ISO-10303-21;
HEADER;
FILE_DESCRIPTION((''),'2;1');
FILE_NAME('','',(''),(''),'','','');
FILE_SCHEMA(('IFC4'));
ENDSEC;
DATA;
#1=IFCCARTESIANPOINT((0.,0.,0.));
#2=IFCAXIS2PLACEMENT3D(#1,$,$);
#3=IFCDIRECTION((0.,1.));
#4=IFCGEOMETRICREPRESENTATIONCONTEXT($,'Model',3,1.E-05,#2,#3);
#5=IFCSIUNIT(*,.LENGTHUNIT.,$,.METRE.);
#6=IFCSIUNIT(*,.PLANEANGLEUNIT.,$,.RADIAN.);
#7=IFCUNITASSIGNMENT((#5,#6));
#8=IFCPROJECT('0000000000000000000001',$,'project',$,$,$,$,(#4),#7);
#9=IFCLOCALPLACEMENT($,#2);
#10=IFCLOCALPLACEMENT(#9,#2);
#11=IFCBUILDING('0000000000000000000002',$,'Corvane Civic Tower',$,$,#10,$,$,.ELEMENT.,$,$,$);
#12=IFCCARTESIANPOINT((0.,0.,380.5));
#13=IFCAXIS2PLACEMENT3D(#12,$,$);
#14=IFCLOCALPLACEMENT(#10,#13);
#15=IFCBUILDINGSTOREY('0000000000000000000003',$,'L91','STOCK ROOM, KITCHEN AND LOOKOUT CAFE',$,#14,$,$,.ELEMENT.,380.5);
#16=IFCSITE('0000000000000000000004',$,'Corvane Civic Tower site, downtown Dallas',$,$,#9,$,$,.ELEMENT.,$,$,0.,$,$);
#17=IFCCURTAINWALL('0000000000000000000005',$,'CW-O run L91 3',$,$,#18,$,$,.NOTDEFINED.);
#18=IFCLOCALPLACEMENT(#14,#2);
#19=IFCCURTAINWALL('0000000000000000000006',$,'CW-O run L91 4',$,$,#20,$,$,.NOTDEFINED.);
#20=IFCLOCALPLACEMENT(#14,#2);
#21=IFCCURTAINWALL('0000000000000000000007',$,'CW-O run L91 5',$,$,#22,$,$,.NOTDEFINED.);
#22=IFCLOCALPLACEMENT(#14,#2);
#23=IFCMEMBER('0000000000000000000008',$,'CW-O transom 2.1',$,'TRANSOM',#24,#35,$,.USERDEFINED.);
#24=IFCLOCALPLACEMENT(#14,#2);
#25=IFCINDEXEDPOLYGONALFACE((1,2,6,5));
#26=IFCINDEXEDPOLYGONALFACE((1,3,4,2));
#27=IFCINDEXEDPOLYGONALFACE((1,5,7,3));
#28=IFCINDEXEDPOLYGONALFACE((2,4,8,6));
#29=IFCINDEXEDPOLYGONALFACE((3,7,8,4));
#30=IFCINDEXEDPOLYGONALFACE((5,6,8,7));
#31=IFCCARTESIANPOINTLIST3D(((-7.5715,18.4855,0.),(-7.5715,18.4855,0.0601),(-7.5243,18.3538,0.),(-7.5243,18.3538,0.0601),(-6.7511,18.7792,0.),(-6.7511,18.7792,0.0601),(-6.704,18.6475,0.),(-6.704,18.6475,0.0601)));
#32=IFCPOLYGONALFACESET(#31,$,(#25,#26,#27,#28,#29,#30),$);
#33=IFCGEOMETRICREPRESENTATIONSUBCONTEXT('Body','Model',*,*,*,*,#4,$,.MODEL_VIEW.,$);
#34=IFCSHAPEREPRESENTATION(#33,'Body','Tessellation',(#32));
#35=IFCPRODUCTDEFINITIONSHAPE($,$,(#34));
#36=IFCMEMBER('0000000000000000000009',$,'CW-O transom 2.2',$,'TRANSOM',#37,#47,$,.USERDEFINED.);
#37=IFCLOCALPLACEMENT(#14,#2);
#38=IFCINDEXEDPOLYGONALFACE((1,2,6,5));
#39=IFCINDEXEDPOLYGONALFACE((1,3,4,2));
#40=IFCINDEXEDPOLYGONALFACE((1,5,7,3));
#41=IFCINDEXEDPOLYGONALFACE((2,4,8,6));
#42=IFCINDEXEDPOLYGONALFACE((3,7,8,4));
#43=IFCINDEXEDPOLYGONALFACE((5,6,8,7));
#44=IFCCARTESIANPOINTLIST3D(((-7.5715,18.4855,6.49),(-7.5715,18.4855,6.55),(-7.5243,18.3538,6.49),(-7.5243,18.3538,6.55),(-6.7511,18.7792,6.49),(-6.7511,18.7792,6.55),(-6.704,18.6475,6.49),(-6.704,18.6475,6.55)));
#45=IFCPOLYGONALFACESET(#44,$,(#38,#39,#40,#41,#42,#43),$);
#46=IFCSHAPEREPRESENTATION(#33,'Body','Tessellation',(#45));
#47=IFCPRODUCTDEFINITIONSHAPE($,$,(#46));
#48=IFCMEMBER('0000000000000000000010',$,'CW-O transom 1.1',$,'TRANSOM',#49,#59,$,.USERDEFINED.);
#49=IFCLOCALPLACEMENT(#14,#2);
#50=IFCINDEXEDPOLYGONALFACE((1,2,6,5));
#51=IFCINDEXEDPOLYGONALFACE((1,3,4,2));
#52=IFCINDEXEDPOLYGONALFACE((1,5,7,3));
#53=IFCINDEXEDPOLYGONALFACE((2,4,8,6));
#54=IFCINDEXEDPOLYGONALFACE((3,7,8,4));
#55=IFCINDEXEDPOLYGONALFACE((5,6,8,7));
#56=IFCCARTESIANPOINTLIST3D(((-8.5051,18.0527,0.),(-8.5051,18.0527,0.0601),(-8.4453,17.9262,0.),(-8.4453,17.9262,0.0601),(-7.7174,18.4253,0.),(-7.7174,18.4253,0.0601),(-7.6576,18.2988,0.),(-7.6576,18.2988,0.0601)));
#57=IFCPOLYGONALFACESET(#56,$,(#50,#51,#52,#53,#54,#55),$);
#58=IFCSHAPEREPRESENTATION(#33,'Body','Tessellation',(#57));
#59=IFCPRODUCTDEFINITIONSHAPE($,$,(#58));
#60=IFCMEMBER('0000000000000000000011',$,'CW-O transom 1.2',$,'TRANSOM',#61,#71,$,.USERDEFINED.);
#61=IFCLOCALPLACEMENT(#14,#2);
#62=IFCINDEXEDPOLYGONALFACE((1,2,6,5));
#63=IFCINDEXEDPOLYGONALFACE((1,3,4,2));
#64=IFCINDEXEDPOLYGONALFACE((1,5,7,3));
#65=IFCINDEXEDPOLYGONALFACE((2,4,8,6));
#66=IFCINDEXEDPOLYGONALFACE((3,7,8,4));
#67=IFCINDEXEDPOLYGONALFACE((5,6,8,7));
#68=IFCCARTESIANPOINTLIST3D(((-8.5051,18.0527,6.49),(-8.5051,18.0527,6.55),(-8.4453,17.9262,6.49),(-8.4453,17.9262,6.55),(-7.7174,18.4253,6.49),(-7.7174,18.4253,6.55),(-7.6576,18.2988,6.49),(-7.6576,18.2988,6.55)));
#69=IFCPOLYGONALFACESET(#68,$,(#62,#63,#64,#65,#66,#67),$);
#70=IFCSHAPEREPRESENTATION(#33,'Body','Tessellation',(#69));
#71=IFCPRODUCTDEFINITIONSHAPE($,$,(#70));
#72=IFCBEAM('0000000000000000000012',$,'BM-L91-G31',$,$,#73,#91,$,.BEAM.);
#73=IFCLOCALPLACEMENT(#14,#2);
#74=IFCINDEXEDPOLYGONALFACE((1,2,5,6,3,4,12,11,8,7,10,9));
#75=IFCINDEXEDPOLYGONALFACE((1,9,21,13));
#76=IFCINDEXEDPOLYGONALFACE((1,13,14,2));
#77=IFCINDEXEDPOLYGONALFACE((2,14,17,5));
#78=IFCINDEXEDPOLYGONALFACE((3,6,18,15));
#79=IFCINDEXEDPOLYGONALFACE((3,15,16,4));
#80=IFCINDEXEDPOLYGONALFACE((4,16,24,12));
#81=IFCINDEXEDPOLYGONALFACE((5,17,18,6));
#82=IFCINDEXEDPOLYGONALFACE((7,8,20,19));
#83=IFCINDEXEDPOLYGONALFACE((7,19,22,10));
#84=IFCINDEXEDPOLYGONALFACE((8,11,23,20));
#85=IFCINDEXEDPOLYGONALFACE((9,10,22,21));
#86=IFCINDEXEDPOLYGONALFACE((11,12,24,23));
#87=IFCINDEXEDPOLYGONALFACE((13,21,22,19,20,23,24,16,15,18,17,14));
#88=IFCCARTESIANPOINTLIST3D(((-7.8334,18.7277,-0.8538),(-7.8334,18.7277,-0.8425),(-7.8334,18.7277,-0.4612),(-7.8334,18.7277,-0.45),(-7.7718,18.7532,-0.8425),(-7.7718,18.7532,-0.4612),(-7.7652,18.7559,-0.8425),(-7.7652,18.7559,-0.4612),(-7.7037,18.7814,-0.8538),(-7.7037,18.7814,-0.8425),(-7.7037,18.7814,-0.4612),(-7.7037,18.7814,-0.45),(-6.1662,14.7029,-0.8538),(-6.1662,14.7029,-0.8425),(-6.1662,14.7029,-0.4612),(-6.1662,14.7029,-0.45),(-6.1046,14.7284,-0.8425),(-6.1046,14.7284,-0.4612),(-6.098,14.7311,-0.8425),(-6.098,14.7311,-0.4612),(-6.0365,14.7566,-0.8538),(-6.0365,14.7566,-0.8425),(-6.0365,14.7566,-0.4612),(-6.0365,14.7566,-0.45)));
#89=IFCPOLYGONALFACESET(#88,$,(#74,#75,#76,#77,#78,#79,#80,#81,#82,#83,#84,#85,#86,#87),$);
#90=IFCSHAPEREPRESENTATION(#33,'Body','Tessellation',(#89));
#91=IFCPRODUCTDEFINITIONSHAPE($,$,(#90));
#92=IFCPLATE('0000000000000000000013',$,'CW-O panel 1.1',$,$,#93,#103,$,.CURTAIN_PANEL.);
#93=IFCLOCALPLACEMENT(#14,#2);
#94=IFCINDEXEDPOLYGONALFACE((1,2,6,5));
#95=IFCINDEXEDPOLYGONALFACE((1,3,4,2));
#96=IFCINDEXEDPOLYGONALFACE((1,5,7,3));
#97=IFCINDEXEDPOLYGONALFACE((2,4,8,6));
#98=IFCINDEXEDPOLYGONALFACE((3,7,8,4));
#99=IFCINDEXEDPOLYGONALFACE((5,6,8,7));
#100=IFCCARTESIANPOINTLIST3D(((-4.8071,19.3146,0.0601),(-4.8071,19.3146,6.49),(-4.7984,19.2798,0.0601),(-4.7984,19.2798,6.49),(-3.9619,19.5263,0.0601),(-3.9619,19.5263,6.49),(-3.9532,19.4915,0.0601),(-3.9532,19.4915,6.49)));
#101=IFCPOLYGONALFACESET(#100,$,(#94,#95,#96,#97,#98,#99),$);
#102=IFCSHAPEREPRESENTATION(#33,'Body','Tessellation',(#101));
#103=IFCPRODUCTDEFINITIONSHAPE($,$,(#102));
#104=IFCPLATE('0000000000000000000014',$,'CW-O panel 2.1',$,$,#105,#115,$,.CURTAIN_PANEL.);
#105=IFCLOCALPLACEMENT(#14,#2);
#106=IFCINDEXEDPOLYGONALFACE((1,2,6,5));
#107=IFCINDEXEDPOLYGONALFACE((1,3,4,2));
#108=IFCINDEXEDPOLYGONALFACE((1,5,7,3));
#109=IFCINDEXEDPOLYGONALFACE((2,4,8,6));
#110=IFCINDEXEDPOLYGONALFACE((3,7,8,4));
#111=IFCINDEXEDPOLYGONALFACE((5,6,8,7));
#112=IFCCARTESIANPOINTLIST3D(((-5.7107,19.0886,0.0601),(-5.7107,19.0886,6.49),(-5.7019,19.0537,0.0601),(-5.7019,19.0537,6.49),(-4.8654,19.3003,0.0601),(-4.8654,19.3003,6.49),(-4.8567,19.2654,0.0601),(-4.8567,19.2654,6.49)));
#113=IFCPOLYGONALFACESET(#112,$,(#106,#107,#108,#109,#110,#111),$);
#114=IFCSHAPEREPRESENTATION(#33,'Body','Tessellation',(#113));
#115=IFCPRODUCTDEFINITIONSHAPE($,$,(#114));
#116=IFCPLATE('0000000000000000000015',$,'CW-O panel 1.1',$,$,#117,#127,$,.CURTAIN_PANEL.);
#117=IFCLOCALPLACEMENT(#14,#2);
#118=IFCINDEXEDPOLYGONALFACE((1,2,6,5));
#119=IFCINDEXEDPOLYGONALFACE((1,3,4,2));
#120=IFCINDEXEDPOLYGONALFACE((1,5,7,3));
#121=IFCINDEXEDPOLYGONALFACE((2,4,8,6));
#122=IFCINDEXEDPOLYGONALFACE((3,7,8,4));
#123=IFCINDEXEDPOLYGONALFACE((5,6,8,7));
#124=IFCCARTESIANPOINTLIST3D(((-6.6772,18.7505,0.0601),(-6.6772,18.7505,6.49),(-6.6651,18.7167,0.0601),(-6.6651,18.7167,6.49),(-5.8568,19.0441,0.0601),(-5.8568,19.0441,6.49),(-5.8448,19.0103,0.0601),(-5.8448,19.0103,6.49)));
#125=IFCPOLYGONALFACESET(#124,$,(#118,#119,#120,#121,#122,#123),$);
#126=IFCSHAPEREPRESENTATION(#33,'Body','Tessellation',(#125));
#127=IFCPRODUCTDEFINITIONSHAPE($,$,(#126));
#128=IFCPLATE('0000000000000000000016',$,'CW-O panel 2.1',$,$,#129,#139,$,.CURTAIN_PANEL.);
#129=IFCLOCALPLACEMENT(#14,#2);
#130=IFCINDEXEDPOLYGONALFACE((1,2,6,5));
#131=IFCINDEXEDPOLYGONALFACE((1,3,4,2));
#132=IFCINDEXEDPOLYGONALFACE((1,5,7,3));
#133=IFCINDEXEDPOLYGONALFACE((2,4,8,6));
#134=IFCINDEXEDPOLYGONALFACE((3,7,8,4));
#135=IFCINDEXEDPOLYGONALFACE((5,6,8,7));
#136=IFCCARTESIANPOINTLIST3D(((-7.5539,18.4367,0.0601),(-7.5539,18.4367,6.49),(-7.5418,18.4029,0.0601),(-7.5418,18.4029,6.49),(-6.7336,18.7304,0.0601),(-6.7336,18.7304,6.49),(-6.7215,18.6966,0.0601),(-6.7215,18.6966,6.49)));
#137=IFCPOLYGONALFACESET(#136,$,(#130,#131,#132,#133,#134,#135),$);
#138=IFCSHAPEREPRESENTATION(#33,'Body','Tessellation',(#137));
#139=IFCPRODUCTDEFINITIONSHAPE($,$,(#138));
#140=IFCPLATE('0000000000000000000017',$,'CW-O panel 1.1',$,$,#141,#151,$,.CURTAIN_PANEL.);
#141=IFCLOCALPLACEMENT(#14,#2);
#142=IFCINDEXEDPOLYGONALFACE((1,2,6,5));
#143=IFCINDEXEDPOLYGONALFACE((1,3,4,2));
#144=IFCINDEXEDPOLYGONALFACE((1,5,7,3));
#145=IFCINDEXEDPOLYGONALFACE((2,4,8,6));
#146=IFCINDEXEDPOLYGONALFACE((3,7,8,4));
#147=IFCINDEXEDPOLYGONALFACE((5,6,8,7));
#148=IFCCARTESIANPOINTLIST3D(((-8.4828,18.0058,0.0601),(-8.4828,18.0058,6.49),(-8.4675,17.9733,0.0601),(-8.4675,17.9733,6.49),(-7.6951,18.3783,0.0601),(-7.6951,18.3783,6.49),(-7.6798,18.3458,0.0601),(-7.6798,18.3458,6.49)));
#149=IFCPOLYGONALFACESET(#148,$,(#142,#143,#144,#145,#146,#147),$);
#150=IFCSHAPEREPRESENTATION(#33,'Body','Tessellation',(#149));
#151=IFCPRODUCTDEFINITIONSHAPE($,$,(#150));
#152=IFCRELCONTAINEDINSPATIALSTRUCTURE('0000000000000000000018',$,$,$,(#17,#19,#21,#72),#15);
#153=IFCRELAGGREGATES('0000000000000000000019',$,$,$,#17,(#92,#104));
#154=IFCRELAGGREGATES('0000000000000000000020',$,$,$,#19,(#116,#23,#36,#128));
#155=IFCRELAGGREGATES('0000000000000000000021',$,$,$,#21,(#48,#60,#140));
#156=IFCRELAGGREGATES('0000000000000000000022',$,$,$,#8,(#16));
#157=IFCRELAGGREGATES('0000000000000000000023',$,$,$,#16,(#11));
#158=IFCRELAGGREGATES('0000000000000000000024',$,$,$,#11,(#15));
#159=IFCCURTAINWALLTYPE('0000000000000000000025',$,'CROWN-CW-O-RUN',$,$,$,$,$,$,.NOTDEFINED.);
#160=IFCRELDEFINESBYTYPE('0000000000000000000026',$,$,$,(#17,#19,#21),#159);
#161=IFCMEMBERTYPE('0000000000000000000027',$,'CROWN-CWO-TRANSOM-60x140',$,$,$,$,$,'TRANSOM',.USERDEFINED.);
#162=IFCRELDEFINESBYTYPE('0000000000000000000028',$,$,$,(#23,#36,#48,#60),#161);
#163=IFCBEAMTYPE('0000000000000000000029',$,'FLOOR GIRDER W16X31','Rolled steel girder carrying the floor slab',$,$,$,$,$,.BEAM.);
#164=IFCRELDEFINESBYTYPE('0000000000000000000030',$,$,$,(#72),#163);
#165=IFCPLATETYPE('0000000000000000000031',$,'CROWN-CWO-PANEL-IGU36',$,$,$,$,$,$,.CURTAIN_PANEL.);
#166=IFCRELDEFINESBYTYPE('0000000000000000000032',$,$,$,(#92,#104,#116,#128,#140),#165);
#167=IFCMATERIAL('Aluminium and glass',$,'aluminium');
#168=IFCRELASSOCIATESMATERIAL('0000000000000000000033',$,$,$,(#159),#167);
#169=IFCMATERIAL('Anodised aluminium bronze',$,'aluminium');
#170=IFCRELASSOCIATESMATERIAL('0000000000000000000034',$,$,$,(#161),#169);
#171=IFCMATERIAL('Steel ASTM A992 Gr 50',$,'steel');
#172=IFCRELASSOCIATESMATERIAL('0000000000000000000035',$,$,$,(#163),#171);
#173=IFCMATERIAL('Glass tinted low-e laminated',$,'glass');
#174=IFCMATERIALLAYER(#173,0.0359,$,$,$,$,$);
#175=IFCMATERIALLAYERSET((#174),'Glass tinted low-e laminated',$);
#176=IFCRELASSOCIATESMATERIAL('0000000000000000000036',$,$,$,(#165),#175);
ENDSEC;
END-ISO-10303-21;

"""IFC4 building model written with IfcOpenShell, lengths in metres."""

from ifc_helpers import new_model, si_unit, direction, frame, origin, origin_2d, place, context, subcontext, project, spatial, rectangle, i_section, extrude, material, layer, layer_set, material_profile, profile_set, type_object, element, aggregate, save


model = new_model("IFC4")

# Units and contexts
model_context = context("Model", 3, precision=1e-05, world=origin(), true_north=direction((0.0, 1.0)))
body_context = subcontext(model_context, "Body", "Model", "MODEL_VIEW")
ifc_project = project(units=[si_unit("LENGTHUNIT", "METRE"), si_unit("PLANEANGLEUNIT", "RADIAN")], contexts=[model_context])

# Site, building, storey
site_placement = place(None, origin())
site = spatial("IfcSite", under=ifc_project, at=site_placement, Name="Corvane Civic Tower site, downtown Dallas", CompositionType="ELEMENT", RefElevation=0.0)
building_placement = place(site_placement, origin())
building = spatial("IfcBuilding", under=site, at=building_placement, Name="Corvane Civic Tower", CompositionType="ELEMENT")
storey_placement = place(building_placement, frame((0.0, 0.0, 380.5)))
storey = spatial("IfcBuildingStorey", under=building, at=storey_placement, Name="L91", Description="STOCK ROOM, KITCHEN AND LOOKOUT CAFE", CompositionType="ELEMENT", Elevation=380.5)

# Curtain walls
ifc_material_1 = material(Name="Aluminium and glass", Category="aluminium")
curtain_wall_type = type_object("IfcCurtainWallType", Name="CROWN-CW-O-RUN", PredefinedType="NOTDEFINED", material=ifc_material_1)
curtain_wall_1_placement = place(storey_placement, origin())
curtain_wall_1 = element("IfcCurtainWall", 1, at=curtain_wall_1_placement, inside=storey, type_object=curtain_wall_type, Name="CW-O run L91 3", PredefinedType="NOTDEFINED")
curtain_wall_2_placement = place(storey_placement, origin())
curtain_wall_2 = element("IfcCurtainWall", 2, at=curtain_wall_2_placement, inside=storey, type_object=curtain_wall_type, Name="CW-O run L91 4", PredefinedType="NOTDEFINED")
curtain_wall_3_placement = place(storey_placement, origin())
curtain_wall_3 = element("IfcCurtainWall", 3, at=curtain_wall_3_placement, inside=storey, type_object=curtain_wall_type, Name="CW-O run L91 5", PredefinedType="NOTDEFINED")

# Members
ifc_material_2 = material(Name="Anodised aluminium bronze", Category="aluminium")
ifc_material_profile_1 = material_profile(ifc_material_2, rectangle(XDim=0.1399, YDim=0.0601, at=origin_2d()), Name="AL 140x60")
ifc_profile_set_1 = profile_set([ifc_material_profile_1], Name="Anodised aluminium bronze")
member_type_1 = type_object("IfcMemberType", Name="CROWN-CWO-TRANSOM-60x140", ElementType="TRANSOM", PredefinedType="USERDEFINED", material=ifc_profile_set_1)
member_1_placement = place(storey_placement, frame((-6.7275, 18.7134, 0.03), z_axis=(-0.941475, -0.337082, 0.0), x_axis=(0.337082, -0.941475, 0.0)))
member_1 = element("IfcMember", 4, at=member_1_placement, type_object=member_type_1, Name="CW-O transom 2.1", ObjectType="TRANSOM", PredefinedType="USERDEFINED", context=body_context, shape_type="SweptSolid", body=[
    extrude(rectangle(XDim=0.1399, YDim=0.0601, at=origin_2d()), origin(), (0.0, 0.0, 1.0), 0.8713),
])
member_2_placement = place(storey_placement, frame((-6.7275, 18.7134, 6.52), z_axis=(-0.941475, -0.337082, 0.0), x_axis=(0.337082, -0.941475, 0.0)))
member_2 = element("IfcMember", 5, at=member_2_placement, type_object=member_type_1, Name="CW-O transom 2.2", ObjectType="TRANSOM", PredefinedType="USERDEFINED", context=body_context, shape_type="SweptSolid", body=[
    extrude(rectangle(XDim=0.1399, YDim=0.0601, at=origin_2d()), origin(), (0.0, 0.0, 1.0), 0.8713),
])
member_3_placement = place(storey_placement, frame((-7.6875, 18.3621, 0.03), z_axis=(-0.903966, -0.427604, 0.0), x_axis=(0.427604, -0.903966, 0.0)))
member_3 = element("IfcMember", 6, at=member_3_placement, type_object=member_type_1, Name="CW-O transom 1.1", ObjectType="TRANSOM", PredefinedType="USERDEFINED", context=body_context, shape_type="SweptSolid", body=[
    extrude(rectangle(XDim=0.1399, YDim=0.0601, at=origin_2d()), origin(), (0.0, 0.0, 1.0), 0.8713),
])
member_4_placement = place(storey_placement, frame((-7.6875, 18.3621, 6.52), z_axis=(-0.903966, -0.427604, 0.0), x_axis=(0.427604, -0.903966, 0.0)))
member_4 = element("IfcMember", 7, at=member_4_placement, type_object=member_type_1, Name="CW-O transom 1.2", ObjectType="TRANSOM", PredefinedType="USERDEFINED", context=body_context, shape_type="SweptSolid", body=[
    extrude(rectangle(XDim=0.1399, YDim=0.0601, at=origin_2d()), origin(), (0.0, 0.0, 1.0), 0.8713),
])

# Beam
ifc_material_3 = material(Name="Steel ASTM A992 Gr 50", Category="steel")
ifc_material_profile_2 = material_profile(ifc_material_3, i_section(OverallWidth=0.1404, OverallDepth=0.4038, WebThickness=0.0071, FlangeThickness=0.0112, at=origin_2d()), Name="W16X31")
ifc_profile_set_2 = profile_set([ifc_material_profile_2], Name="Steel ASTM A992 Gr 50")
beam_type = type_object("IfcBeamType", Name="FLOOR GIRDER W16X31", Description="Rolled steel girder carrying the floor slab", PredefinedType="BEAM", material=ifc_profile_set_2)
beam_placement = place(storey_placement, frame((-6.1013, 14.7297, -0.6519), z_axis=(-0.382697, 0.923874, 0.0), x_axis=(-0.923874, -0.382697, 0.0)))
element("IfcBeam", 8, at=beam_placement, inside=storey, type_object=beam_type, Name="BM-L91-G31", PredefinedType="BEAM", context=body_context, shape_type="SweptSolid", body=[
    extrude(i_section(OverallWidth=0.1404, OverallDepth=0.4038, WebThickness=0.0071, FlangeThickness=0.0112, at=origin_2d()), origin(), (0.0, 0.0, 1.0), 4.3564),
])

# Plates
ifc_material_4 = material(Name="Glass tinted low-e laminated", Category="glass")
ifc_layer = layer(ifc_material_4, 0.0359)
ifc_layer_set = layer_set([ifc_layer], Name="Glass tinted low-e laminated")
plate_type = type_object("IfcPlateType", Name="CROWN-CWO-PANEL-IGU36", PredefinedType="CURTAIN_PANEL", material=ifc_layer_set)
plate_1_placement = place(storey_placement, frame((-4.3801, 19.4031, 0.0601), z_axis=(0.0, 0.0, 1.0), x_axis=(-0.970038, -0.242952, 0.0)))
plate_1 = element("IfcPlate", 9, at=plate_1_placement, type_object=plate_type, Name="CW-O panel 1.1", PredefinedType="CURTAIN_PANEL", context=body_context, shape_type="SweptSolid", body=[
    extrude(rectangle(XDim=0.8713, YDim=0.0359, at=origin_2d()), origin(), (0.0, 0.0, 1.0), 6.4299),
])
plate_2_placement = place(storey_placement, frame((-5.2837, 19.177, 0.0601), z_axis=(0.0, 0.0, 1.0), x_axis=(-0.970038, -0.242952, 0.0)))
plate_2 = element("IfcPlate", 10, at=plate_2_placement, type_object=plate_type, Name="CW-O panel 2.1", PredefinedType="CURTAIN_PANEL", context=body_context, shape_type="SweptSolid", body=[
    extrude(rectangle(XDim=0.8713, YDim=0.0359, at=origin_2d()), origin(), (0.0, 0.0, 1.0), 6.4299),
])
aggregate(curtain_wall_1, [plate_1, plate_2])
plate_3_placement = place(storey_placement, frame((-6.261, 18.8804, 0.0601), z_axis=(0.0, 0.0, 1.0), x_axis=(-0.941511, -0.336982, 0.0)))
plate_3 = element("IfcPlate", 11, at=plate_3_placement, type_object=plate_type, Name="CW-O panel 1.1", PredefinedType="CURTAIN_PANEL", context=body_context, shape_type="SweptSolid", body=[
    extrude(rectangle(XDim=0.8713, YDim=0.0359, at=origin_2d()), origin(), (0.0, 0.0, 1.0), 6.4299),
])
plate_4_placement = place(storey_placement, frame((-7.1377, 18.5667, 0.0601), z_axis=(0.0, 0.0, 1.0), x_axis=(-0.941511, -0.336982, 0.0)))
plate_4 = element("IfcPlate", 12, at=plate_4_placement, type_object=plate_type, Name="CW-O panel 2.1", PredefinedType="CURTAIN_PANEL", context=body_context, shape_type="SweptSolid", body=[
    extrude(rectangle(XDim=0.8713, YDim=0.0359, at=origin_2d()), origin(), (0.0, 0.0, 1.0), 6.4299),
])
aggregate(curtain_wall_2, [plate_3, member_1, member_2, plate_4])
plate_5_placement = place(storey_placement, frame((-8.0813, 18.1758, 0.0601), z_axis=(0.0, 0.0, 1.0), x_axis=(-0.904011, -0.427509, 0.0)))
plate_5 = element("IfcPlate", 13, at=plate_5_placement, type_object=plate_type, Name="CW-O panel 1.1", PredefinedType="CURTAIN_PANEL", context=body_context, shape_type="SweptSolid", body=[
    extrude(rectangle(XDim=0.8713, YDim=0.0359, at=origin_2d()), origin(), (0.0, 0.0, 1.0), 6.4299),
])
aggregate(curtain_wall_3, [member_3, member_4, plate_5])

save(model, "model.ifc")
